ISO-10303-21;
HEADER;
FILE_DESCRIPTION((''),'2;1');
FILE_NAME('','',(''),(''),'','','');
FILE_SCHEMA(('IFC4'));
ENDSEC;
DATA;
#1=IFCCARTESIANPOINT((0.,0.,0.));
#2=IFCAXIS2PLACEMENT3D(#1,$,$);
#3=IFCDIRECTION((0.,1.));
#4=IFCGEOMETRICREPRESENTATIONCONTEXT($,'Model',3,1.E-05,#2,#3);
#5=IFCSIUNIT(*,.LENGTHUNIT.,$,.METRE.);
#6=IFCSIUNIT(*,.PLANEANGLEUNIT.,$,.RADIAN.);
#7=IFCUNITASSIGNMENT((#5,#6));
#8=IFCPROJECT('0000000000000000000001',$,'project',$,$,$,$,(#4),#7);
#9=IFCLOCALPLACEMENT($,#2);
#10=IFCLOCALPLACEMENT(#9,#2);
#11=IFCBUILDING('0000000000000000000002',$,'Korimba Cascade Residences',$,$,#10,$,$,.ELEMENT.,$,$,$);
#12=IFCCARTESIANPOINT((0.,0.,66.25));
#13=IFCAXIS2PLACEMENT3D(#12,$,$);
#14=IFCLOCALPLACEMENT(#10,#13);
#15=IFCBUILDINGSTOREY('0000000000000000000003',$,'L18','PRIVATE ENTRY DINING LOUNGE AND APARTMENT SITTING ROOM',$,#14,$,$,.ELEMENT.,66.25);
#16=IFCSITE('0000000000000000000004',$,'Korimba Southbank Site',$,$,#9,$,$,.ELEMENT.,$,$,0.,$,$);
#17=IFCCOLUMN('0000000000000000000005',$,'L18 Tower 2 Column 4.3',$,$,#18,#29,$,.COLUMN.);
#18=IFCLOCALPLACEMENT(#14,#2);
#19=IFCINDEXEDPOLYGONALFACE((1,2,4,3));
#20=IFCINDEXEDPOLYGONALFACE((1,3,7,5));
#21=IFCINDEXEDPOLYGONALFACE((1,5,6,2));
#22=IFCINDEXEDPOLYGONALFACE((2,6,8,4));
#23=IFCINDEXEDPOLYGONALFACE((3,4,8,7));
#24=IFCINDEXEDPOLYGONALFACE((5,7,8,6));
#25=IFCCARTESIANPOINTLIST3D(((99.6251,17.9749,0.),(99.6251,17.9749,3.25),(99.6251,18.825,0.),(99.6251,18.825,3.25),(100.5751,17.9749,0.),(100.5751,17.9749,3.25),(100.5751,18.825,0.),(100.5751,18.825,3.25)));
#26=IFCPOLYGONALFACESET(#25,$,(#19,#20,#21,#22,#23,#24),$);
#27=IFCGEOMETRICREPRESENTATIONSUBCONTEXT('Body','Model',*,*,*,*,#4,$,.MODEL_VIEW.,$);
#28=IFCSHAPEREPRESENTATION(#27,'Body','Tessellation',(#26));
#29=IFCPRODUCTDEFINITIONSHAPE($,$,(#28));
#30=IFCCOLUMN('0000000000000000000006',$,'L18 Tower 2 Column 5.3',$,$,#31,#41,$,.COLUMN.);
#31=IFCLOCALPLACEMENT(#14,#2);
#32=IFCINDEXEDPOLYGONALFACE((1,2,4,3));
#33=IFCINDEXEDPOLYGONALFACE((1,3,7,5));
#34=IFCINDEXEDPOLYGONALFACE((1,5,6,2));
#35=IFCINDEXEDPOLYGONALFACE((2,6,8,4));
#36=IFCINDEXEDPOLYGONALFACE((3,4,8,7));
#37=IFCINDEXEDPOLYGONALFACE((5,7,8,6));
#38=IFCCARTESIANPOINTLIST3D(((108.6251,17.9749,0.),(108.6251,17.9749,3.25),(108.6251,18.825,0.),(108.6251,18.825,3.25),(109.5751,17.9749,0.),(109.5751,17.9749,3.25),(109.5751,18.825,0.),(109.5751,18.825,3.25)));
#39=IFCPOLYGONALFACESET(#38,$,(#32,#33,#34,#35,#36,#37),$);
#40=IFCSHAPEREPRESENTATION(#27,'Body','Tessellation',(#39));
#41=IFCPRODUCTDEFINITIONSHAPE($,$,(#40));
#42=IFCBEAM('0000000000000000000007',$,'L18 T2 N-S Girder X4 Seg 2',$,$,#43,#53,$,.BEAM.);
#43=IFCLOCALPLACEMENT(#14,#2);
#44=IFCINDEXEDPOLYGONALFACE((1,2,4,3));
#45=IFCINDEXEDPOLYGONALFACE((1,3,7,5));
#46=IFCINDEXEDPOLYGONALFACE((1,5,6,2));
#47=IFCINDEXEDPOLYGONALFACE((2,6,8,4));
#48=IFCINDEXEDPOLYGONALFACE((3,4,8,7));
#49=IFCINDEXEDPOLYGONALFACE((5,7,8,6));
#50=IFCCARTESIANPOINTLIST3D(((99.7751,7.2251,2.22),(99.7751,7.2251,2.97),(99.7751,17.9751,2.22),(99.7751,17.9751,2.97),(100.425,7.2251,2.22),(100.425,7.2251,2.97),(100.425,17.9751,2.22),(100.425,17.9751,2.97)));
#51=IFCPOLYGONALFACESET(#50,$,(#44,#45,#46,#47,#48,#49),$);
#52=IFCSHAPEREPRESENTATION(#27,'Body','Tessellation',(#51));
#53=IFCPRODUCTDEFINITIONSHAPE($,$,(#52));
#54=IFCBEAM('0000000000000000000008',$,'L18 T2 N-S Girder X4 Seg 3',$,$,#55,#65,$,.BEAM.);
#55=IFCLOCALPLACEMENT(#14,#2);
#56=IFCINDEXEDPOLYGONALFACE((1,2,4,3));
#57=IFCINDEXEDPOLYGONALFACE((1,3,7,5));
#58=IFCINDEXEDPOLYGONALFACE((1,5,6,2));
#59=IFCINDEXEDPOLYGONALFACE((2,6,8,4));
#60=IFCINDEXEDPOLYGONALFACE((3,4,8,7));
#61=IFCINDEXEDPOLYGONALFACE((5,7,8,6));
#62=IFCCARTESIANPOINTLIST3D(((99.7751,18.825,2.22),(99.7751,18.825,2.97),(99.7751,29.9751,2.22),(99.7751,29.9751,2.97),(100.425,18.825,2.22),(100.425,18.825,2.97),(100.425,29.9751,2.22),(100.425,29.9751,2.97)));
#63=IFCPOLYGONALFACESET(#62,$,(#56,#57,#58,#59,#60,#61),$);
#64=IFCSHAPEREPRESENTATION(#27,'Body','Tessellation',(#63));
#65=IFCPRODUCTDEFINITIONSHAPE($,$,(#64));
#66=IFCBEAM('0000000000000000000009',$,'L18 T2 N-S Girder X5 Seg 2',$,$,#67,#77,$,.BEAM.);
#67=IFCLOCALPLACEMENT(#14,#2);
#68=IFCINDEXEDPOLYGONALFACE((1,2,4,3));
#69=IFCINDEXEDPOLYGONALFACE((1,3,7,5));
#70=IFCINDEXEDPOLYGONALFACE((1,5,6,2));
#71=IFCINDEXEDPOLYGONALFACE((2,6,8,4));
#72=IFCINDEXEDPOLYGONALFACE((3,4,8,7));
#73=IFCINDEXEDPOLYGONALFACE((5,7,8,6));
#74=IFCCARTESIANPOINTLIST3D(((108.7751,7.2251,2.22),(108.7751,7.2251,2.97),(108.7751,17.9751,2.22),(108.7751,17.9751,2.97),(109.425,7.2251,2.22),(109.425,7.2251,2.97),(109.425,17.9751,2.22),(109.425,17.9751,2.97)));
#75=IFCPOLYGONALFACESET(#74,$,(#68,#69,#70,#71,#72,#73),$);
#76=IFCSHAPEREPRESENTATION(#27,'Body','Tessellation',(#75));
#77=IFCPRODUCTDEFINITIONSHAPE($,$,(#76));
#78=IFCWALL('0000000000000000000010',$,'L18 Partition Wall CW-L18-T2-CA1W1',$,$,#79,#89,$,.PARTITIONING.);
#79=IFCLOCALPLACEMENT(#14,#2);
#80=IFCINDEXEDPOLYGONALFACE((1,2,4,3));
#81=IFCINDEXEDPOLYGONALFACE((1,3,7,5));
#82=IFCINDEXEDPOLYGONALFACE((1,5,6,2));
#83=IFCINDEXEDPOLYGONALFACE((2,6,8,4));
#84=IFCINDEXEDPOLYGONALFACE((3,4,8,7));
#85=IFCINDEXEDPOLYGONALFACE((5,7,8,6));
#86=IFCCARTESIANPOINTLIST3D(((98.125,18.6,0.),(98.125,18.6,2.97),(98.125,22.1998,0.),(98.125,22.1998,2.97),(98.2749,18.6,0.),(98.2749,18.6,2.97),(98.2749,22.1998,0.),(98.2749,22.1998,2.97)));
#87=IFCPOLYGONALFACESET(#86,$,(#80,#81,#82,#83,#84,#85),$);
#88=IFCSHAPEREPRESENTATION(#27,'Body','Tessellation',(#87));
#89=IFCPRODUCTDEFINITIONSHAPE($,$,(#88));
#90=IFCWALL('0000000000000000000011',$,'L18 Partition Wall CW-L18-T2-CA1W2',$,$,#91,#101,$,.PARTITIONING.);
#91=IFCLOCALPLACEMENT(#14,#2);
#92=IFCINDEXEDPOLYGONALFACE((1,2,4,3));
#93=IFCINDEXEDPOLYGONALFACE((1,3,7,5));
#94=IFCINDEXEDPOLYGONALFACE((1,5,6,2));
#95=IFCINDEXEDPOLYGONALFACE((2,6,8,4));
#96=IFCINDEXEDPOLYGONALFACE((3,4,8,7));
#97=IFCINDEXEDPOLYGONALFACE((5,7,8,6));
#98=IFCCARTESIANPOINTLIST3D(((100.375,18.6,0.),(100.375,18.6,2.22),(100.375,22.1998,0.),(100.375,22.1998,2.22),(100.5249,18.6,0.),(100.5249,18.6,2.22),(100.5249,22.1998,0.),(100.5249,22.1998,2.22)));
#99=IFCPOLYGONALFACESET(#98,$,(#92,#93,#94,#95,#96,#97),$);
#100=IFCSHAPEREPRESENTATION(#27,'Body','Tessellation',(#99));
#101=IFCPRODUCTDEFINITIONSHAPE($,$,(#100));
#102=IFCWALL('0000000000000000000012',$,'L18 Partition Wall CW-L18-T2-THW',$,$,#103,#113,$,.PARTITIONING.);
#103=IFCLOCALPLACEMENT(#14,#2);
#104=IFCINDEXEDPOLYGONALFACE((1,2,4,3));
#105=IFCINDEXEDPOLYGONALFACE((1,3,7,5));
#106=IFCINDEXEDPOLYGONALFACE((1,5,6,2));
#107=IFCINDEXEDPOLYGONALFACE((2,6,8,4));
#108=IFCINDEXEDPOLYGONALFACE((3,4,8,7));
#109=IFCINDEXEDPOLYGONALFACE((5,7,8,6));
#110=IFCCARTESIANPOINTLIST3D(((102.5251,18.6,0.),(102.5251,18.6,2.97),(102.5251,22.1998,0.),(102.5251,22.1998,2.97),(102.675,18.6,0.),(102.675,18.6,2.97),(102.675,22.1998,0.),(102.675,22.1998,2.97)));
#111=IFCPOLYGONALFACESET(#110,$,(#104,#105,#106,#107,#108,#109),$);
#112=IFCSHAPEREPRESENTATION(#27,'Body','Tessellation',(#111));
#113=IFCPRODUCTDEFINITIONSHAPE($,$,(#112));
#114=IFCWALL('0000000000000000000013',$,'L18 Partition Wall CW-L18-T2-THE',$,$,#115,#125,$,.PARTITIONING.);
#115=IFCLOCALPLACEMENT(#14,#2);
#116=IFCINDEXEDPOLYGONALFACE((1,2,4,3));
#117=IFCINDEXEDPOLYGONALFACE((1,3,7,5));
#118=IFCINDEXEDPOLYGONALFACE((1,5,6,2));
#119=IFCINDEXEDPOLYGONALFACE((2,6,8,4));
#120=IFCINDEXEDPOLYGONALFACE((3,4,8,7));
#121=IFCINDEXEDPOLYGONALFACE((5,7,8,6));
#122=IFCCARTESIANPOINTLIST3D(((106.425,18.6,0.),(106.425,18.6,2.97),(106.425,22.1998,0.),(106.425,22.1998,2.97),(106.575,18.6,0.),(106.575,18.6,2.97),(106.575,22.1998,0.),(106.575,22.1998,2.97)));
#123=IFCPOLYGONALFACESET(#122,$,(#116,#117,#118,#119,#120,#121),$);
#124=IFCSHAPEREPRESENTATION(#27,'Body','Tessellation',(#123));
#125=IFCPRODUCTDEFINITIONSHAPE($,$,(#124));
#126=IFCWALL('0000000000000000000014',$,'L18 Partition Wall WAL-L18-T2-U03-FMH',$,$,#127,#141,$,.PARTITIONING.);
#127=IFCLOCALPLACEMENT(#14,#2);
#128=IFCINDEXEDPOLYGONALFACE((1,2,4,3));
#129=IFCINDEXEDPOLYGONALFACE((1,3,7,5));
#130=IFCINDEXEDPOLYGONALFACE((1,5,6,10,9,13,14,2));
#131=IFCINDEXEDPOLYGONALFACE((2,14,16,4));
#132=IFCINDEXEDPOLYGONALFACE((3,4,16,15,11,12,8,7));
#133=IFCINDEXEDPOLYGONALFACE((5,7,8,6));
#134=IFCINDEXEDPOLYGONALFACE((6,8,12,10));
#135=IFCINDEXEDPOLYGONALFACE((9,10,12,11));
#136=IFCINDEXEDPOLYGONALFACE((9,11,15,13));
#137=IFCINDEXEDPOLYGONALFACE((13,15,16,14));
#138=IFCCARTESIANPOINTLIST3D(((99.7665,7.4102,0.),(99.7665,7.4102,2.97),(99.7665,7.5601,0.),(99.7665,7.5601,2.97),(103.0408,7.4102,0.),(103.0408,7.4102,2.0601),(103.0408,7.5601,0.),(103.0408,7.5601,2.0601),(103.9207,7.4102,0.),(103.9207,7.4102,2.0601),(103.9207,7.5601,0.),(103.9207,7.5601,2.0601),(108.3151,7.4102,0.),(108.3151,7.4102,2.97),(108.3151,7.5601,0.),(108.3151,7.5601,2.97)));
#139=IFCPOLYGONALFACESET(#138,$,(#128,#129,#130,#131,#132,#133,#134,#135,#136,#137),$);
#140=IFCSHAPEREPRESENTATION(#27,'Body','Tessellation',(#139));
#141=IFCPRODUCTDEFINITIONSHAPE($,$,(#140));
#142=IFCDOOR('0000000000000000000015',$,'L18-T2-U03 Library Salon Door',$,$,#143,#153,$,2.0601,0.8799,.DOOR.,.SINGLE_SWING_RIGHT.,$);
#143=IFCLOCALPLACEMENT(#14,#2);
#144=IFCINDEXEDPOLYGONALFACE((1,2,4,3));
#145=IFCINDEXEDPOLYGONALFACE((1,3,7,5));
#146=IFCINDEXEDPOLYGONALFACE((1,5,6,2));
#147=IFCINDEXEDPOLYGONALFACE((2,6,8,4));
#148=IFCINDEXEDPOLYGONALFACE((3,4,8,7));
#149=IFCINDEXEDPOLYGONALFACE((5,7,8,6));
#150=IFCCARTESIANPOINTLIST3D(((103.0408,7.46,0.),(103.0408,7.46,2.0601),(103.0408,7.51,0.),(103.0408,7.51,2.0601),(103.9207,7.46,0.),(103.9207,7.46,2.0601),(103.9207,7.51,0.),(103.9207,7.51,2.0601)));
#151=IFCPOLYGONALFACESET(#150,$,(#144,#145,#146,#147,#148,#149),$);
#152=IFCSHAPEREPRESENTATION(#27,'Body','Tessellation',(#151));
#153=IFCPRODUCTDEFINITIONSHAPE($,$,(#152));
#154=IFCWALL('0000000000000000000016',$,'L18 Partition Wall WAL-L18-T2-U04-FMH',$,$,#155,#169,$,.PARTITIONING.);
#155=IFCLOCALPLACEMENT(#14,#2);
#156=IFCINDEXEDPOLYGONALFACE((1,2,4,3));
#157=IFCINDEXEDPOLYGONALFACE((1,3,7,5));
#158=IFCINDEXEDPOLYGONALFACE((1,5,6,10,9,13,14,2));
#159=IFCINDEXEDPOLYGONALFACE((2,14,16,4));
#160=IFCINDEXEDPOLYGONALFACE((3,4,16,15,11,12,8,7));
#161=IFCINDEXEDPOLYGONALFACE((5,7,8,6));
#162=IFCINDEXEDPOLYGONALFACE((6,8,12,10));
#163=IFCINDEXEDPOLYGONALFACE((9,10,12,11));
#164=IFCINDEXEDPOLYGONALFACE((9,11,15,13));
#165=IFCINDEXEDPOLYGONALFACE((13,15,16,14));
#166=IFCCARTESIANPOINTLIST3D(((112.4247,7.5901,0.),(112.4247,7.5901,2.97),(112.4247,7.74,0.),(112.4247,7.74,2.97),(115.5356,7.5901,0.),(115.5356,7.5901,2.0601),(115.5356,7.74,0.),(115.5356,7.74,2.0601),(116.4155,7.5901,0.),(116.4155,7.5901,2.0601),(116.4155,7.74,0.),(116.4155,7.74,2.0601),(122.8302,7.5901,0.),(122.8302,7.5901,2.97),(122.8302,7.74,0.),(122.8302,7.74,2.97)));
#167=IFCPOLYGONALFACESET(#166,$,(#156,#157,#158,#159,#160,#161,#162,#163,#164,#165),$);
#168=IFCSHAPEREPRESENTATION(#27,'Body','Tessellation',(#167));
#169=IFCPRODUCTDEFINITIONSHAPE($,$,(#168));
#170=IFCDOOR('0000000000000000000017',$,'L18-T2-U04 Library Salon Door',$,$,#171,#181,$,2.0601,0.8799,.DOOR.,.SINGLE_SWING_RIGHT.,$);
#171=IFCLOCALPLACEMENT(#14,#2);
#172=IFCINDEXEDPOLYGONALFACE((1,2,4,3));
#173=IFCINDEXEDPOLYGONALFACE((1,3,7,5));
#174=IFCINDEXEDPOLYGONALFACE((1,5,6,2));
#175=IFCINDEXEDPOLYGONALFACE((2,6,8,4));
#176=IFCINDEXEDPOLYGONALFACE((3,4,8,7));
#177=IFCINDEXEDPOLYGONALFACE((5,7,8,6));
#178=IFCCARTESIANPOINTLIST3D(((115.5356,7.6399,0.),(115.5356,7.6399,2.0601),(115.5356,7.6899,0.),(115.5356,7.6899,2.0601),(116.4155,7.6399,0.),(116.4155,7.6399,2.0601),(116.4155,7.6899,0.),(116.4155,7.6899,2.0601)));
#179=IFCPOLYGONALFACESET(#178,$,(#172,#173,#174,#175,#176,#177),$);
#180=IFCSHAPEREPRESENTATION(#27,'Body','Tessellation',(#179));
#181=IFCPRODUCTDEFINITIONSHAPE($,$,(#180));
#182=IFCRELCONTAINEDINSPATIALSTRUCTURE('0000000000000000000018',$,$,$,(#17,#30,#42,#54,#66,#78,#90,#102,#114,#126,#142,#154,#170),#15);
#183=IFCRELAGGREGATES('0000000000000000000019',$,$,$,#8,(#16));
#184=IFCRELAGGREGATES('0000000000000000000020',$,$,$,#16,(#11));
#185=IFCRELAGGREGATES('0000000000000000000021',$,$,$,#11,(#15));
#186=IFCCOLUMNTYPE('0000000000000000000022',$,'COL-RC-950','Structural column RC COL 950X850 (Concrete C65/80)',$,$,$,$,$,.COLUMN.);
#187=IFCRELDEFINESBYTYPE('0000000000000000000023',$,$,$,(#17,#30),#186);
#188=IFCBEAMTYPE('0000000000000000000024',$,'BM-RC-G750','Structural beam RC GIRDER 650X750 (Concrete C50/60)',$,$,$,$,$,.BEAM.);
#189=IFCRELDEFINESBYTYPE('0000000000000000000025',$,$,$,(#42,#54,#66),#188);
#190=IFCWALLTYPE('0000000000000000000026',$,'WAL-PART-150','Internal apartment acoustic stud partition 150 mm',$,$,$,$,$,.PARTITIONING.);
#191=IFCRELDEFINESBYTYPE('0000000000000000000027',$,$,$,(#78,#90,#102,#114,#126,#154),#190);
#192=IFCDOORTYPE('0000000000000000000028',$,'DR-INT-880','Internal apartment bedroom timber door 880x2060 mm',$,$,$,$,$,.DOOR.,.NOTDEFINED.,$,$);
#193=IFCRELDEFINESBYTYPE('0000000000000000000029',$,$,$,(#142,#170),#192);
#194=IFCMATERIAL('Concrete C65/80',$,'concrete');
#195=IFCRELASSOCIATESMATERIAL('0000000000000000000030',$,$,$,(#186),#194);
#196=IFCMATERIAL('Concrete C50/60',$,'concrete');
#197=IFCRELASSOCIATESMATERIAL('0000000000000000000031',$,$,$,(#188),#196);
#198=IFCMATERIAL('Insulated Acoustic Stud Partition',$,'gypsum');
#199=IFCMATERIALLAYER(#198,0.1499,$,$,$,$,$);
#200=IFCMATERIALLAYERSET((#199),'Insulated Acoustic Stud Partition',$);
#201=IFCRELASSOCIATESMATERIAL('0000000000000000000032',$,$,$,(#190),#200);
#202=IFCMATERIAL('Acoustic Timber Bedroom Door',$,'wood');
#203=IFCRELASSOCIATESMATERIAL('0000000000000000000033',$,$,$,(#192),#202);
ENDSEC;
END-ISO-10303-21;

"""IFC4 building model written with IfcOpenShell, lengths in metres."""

from ifc_helpers import new_model, si_unit, direction, frame, frame_2d, origin, origin_2d, place, context, subcontext, project, spatial, rectangle, extrude, material, layer, layer_set, material_profile, profile_set, type_object, element, fill, save


model = new_model("IFC4")

# Units and contexts
model_context = context("Model", 3, precision=1e-05, world=origin(), true_north=direction((0.0, 1.0)))
body_context = subcontext(model_context, "Body", "Model", "MODEL_VIEW")
ifc_project = project(units=[si_unit("LENGTHUNIT", "METRE"), si_unit("PLANEANGLEUNIT", "RADIAN")], contexts=[model_context])

# Site, building, storey
site_placement = place(None, origin())
site = spatial("IfcSite", under=ifc_project, at=site_placement, Name="Korimba Southbank Site", CompositionType="ELEMENT", RefElevation=0.0)
building_placement = place(site_placement, origin())
building = spatial("IfcBuilding", under=site, at=building_placement, Name="Korimba Cascade Residences", CompositionType="ELEMENT")
storey_placement = place(building_placement, frame((0.0, 0.0, 66.25)))
storey = spatial("IfcBuildingStorey", under=building, at=storey_placement, Name="L18", Description="PRIVATE ENTRY DINING LOUNGE AND APARTMENT SITTING ROOM", CompositionType="ELEMENT", Elevation=66.25)

# Columns
ifc_material_1 = material(Name="Concrete C65/80", Category="concrete")
ifc_material_profile_1 = material_profile(ifc_material_1, rectangle(XDim=0.95, YDim=0.8501, at=origin_2d()), Name="Concrete C65/80")
ifc_profile_set_1 = profile_set([ifc_material_profile_1], Name="Concrete C65/80")
column_type = type_object("IfcColumnType", Name="COL-RC-950", Description="Structural column RC COL 950X850 (Concrete C65/80)", PredefinedType="COLUMN", material=ifc_profile_set_1)
for number, where, z_axis, x_axis, name in (
    (1, (100.1001, 18.3999, 0.0), (0.0, 0.0, 1.0), (1.0, 0.0, 0.0), "L18 Tower 2 Column 4.3"),
    (2, (109.1001, 18.3999, 0.0), (0.0, 0.0, 1.0), (1.0, 0.0, 0.0), "L18 Tower 2 Column 5.3"),
):
    element("IfcColumn", number, at=place(storey_placement, frame(where, z_axis=z_axis, x_axis=x_axis)), inside=storey, type_object=column_type, Name=name, PredefinedType="COLUMN", context=body_context, shape_type="SweptSolid", body=[
        extrude(rectangle(XDim=0.95, YDim=0.8501, at=origin_2d()), origin(), (0.0, 0.0, 1.0), 3.25),
    ])

# Beams
ifc_material_2 = material(Name="Concrete C50/60", Category="concrete")
ifc_material_profile_2 = material_profile(ifc_material_2, rectangle(XDim=0.6499, YDim=0.75, at=origin_2d()), Name="Concrete C50/60")
ifc_profile_set_2 = profile_set([ifc_material_profile_2], Name="Concrete C50/60")
beam_type = type_object("IfcBeamType", Name="BM-RC-G750", Description="Structural beam RC GIRDER 650X750 (Concrete C50/60)", PredefinedType="BEAM", material=ifc_profile_set_2)
beam_1_placement = place(storey_placement, frame((100.1001, 7.2251, 2.595), z_axis=(0.0, 1.0, 0.0), x_axis=(-1.0, 0.0, 0.0)))
element("IfcBeam", 3, at=beam_1_placement, inside=storey, type_object=beam_type, Name="L18 T2 N-S Girder X4 Seg 2", PredefinedType="BEAM", context=body_context, shape_type="SweptSolid", body=[
    extrude(rectangle(XDim=0.6499, YDim=0.75, at=origin_2d()), origin(), (0.0, 0.0, 1.0), 10.75),
])
beam_2_placement = place(storey_placement, frame((100.1001, 18.825, 2.595), z_axis=(0.0, 1.0, 0.0), x_axis=(-1.0, 0.0, 0.0)))
element("IfcBeam", 4, at=beam_2_placement, inside=storey, type_object=beam_type, Name="L18 T2 N-S Girder X4 Seg 3", PredefinedType="BEAM", context=body_context, shape_type="SweptSolid", body=[
    extrude(rectangle(XDim=0.6499, YDim=0.75, at=origin_2d()), origin(), (0.0, 0.0, 1.0), 11.1501),
])
beam_3_placement = place(storey_placement, frame((109.1001, 7.2251, 2.595), z_axis=(0.0, 1.0, 0.0), x_axis=(-1.0, 0.0, 0.0)))
element("IfcBeam", 5, at=beam_3_placement, inside=storey, type_object=beam_type, Name="L18 T2 N-S Girder X5 Seg 2", PredefinedType="BEAM", context=body_context, shape_type="SweptSolid", body=[
    extrude(rectangle(XDim=0.6499, YDim=0.75, at=origin_2d()), origin(), (0.0, 0.0, 1.0), 10.75),
])

# Walls
ifc_material_3 = material(Name="Insulated Acoustic Stud Partition", Category="gypsum")
ifc_layer_1 = layer(ifc_material_3, 0.1499)
ifc_layer_set_1 = layer_set([ifc_layer_1], Name="Insulated Acoustic Stud Partition")
wall_type_1 = type_object("IfcWallType", Name="WAL-PART-150", Description="Internal apartment acoustic stud partition 150 mm", PredefinedType="PARTITIONING", material=ifc_layer_set_1)
wall_1_placement = place(storey_placement, frame((98.2, 18.6001, 0.0), z_axis=(0.0, 0.0, 1.0), x_axis=(0.0, 1.0, 0.0)))
element("IfcWall", 6, at=wall_1_placement, inside=storey, type_object=wall_type_1, Name="L18 Partition Wall CW-L18-T2-CA1W1", PredefinedType="PARTITIONING", context=body_context, shape_type="SweptSolid", body=[
    extrude(rectangle(XDim=3.5999, YDim=0.1499, at=frame_2d((1.7998, 0.0))), origin(), (0.0, 0.0, 1.0), 2.97),
])
wall_2_placement = place(storey_placement, frame((100.45, 18.6001, 0.0), z_axis=(0.0, 0.0, 1.0), x_axis=(0.0, 1.0, 0.0)))
element("IfcWall", 7, at=wall_2_placement, inside=storey, type_object=wall_type_1, Name="L18 Partition Wall CW-L18-T2-CA1W2", PredefinedType="PARTITIONING", context=body_context, shape_type="SweptSolid", body=[
    extrude(rectangle(XDim=3.5999, YDim=0.1499, at=frame_2d((1.7998, 0.0))), origin(), (0.0, 0.0, 1.0), 2.22),
])
for number, where, z_axis, x_axis, name in (
    (8, (102.6001, 18.6001, 0.0), (0.0, 0.0, 1.0), (0.0, 1.0, 0.0), "L18 Partition Wall CW-L18-T2-THW"),
    (9, (106.5, 18.6001, 0.0), (0.0, 0.0, 1.0), (0.0, 1.0, 0.0), "L18 Partition Wall CW-L18-T2-THE"),
):
    element("IfcWall", number, at=place(storey_placement, frame(where, z_axis=z_axis, x_axis=x_axis)), inside=storey, type_object=wall_type_1, Name=name, PredefinedType="PARTITIONING", context=body_context, shape_type="SweptSolid", body=[
        extrude(rectangle(XDim=3.5999, YDim=0.1499, at=frame_2d((1.7998, 0.0))), origin(), (0.0, 0.0, 1.0), 2.97),
    ])

# Walls, openings, doors
wall_3_placement = place(storey_placement, frame((99.7664, 7.4851, 0.0), z_axis=(0.0, 0.0, 1.0), x_axis=(1.0, 0.0, 0.0)))
wall_3 = element("IfcWall", 10, at=wall_3_placement, inside=storey, type_object=wall_type_1, Name="L18 Partition Wall WAL-L18-T2-U03-FMH", PredefinedType="PARTITIONING", context=body_context, shape_type="SweptSolid", body=[
    extrude(rectangle(XDim=8.5486, YDim=0.1499, at=frame_2d((4.2744, 0.0))), origin(), (0.0, 0.0, 1.0), 2.97),
])
opening_1_placement = place(wall_3_placement, frame((3.2744, 0.0, 0.0)))
opening_1 = element("IfcOpeningElement", 11, at=opening_1_placement, cuts=wall_3, PredefinedType="OPENING", context=body_context, shape_type="SweptSolid", body=[
    extrude(rectangle(XDim=0.8799, YDim=2.0601, at=frame_2d((0.4399, 1.03))), frame((0.0, 0.085, 0.0), z_axis=(0.0, -1.0, 0.0), x_axis=(1.0, 0.0, 0.0)), (0.0, 0.0, 1.0), 0.1699),
])
ifc_material_4 = material(Name="Acoustic Timber Bedroom Door", Category="wood")
door_type_1 = type_object("IfcDoorType", Name="DR-INT-880", Description="Internal apartment bedroom timber door 880x2060 mm", OperationType="NOTDEFINED", PredefinedType="DOOR", material=ifc_material_4)
door_1_placement = place(opening_1_placement, origin())
door_1 = element("IfcDoor", 12, at=door_1_placement, inside=storey, type_object=door_type_1, Name="L18-T2-U03 Library Salon Door", OperationType="SINGLE_SWING_RIGHT", OverallHeight=2.0601, OverallWidth=0.8799, PredefinedType="DOOR", context=body_context, shape_type="SweptSolid", body=[
    extrude(rectangle(XDim=0.8799, YDim=2.0601, at=frame_2d((0.4399, 1.03))), frame((0.0, 0.0249, 0.0), z_axis=(0.0, -1.0, 0.0), x_axis=(1.0, 0.0, 0.0)), (0.0, 0.0, 1.0), 0.05),
])
fill(opening_1, door_1)
wall_4_placement = place(storey_placement, frame((112.4248, 7.665, 0.0), z_axis=(0.0, 0.0, 1.0), x_axis=(1.0, 0.0, 0.0)))
wall_4 = element("IfcWall", 13, at=wall_4_placement, inside=storey, type_object=wall_type_1, Name="L18 Partition Wall WAL-L18-T2-U04-FMH", PredefinedType="PARTITIONING", context=body_context, shape_type="SweptSolid", body=[
    extrude(rectangle(XDim=10.4055, YDim=0.1499, at=frame_2d((5.2026, 0.0))), origin(), (0.0, 0.0, 1.0), 2.97),
])
opening_2_placement = place(wall_4_placement, frame((3.1108, 0.0, 0.0)))
opening_2 = element("IfcOpeningElement", 14, at=opening_2_placement, cuts=wall_4, PredefinedType="OPENING", context=body_context, shape_type="SweptSolid", body=[
    extrude(rectangle(XDim=0.8799, YDim=2.0601, at=frame_2d((0.4399, 1.03))), frame((0.0, 0.085, 0.0), z_axis=(0.0, -1.0, 0.0), x_axis=(1.0, 0.0, 0.0)), (0.0, 0.0, 1.0), 0.1699),
])
door_2_placement = place(opening_2_placement, origin())
door_2 = element("IfcDoor", 15, at=door_2_placement, inside=storey, type_object=door_type_1, Name="L18-T2-U04 Library Salon Door", OperationType="SINGLE_SWING_RIGHT", OverallHeight=2.0601, OverallWidth=0.8799, PredefinedType="DOOR", context=body_context, shape_type="SweptSolid", body=[
    extrude(rectangle(XDim=0.8799, YDim=2.0601, at=frame_2d((0.4399, 1.03))), frame((0.0, 0.0249, 0.0), z_axis=(0.0, -1.0, 0.0), x_axis=(1.0, 0.0, 0.0)), (0.0, 0.0, 1.0), 0.05),
])
fill(opening_2, door_2)

save(model, "model.ifc")
